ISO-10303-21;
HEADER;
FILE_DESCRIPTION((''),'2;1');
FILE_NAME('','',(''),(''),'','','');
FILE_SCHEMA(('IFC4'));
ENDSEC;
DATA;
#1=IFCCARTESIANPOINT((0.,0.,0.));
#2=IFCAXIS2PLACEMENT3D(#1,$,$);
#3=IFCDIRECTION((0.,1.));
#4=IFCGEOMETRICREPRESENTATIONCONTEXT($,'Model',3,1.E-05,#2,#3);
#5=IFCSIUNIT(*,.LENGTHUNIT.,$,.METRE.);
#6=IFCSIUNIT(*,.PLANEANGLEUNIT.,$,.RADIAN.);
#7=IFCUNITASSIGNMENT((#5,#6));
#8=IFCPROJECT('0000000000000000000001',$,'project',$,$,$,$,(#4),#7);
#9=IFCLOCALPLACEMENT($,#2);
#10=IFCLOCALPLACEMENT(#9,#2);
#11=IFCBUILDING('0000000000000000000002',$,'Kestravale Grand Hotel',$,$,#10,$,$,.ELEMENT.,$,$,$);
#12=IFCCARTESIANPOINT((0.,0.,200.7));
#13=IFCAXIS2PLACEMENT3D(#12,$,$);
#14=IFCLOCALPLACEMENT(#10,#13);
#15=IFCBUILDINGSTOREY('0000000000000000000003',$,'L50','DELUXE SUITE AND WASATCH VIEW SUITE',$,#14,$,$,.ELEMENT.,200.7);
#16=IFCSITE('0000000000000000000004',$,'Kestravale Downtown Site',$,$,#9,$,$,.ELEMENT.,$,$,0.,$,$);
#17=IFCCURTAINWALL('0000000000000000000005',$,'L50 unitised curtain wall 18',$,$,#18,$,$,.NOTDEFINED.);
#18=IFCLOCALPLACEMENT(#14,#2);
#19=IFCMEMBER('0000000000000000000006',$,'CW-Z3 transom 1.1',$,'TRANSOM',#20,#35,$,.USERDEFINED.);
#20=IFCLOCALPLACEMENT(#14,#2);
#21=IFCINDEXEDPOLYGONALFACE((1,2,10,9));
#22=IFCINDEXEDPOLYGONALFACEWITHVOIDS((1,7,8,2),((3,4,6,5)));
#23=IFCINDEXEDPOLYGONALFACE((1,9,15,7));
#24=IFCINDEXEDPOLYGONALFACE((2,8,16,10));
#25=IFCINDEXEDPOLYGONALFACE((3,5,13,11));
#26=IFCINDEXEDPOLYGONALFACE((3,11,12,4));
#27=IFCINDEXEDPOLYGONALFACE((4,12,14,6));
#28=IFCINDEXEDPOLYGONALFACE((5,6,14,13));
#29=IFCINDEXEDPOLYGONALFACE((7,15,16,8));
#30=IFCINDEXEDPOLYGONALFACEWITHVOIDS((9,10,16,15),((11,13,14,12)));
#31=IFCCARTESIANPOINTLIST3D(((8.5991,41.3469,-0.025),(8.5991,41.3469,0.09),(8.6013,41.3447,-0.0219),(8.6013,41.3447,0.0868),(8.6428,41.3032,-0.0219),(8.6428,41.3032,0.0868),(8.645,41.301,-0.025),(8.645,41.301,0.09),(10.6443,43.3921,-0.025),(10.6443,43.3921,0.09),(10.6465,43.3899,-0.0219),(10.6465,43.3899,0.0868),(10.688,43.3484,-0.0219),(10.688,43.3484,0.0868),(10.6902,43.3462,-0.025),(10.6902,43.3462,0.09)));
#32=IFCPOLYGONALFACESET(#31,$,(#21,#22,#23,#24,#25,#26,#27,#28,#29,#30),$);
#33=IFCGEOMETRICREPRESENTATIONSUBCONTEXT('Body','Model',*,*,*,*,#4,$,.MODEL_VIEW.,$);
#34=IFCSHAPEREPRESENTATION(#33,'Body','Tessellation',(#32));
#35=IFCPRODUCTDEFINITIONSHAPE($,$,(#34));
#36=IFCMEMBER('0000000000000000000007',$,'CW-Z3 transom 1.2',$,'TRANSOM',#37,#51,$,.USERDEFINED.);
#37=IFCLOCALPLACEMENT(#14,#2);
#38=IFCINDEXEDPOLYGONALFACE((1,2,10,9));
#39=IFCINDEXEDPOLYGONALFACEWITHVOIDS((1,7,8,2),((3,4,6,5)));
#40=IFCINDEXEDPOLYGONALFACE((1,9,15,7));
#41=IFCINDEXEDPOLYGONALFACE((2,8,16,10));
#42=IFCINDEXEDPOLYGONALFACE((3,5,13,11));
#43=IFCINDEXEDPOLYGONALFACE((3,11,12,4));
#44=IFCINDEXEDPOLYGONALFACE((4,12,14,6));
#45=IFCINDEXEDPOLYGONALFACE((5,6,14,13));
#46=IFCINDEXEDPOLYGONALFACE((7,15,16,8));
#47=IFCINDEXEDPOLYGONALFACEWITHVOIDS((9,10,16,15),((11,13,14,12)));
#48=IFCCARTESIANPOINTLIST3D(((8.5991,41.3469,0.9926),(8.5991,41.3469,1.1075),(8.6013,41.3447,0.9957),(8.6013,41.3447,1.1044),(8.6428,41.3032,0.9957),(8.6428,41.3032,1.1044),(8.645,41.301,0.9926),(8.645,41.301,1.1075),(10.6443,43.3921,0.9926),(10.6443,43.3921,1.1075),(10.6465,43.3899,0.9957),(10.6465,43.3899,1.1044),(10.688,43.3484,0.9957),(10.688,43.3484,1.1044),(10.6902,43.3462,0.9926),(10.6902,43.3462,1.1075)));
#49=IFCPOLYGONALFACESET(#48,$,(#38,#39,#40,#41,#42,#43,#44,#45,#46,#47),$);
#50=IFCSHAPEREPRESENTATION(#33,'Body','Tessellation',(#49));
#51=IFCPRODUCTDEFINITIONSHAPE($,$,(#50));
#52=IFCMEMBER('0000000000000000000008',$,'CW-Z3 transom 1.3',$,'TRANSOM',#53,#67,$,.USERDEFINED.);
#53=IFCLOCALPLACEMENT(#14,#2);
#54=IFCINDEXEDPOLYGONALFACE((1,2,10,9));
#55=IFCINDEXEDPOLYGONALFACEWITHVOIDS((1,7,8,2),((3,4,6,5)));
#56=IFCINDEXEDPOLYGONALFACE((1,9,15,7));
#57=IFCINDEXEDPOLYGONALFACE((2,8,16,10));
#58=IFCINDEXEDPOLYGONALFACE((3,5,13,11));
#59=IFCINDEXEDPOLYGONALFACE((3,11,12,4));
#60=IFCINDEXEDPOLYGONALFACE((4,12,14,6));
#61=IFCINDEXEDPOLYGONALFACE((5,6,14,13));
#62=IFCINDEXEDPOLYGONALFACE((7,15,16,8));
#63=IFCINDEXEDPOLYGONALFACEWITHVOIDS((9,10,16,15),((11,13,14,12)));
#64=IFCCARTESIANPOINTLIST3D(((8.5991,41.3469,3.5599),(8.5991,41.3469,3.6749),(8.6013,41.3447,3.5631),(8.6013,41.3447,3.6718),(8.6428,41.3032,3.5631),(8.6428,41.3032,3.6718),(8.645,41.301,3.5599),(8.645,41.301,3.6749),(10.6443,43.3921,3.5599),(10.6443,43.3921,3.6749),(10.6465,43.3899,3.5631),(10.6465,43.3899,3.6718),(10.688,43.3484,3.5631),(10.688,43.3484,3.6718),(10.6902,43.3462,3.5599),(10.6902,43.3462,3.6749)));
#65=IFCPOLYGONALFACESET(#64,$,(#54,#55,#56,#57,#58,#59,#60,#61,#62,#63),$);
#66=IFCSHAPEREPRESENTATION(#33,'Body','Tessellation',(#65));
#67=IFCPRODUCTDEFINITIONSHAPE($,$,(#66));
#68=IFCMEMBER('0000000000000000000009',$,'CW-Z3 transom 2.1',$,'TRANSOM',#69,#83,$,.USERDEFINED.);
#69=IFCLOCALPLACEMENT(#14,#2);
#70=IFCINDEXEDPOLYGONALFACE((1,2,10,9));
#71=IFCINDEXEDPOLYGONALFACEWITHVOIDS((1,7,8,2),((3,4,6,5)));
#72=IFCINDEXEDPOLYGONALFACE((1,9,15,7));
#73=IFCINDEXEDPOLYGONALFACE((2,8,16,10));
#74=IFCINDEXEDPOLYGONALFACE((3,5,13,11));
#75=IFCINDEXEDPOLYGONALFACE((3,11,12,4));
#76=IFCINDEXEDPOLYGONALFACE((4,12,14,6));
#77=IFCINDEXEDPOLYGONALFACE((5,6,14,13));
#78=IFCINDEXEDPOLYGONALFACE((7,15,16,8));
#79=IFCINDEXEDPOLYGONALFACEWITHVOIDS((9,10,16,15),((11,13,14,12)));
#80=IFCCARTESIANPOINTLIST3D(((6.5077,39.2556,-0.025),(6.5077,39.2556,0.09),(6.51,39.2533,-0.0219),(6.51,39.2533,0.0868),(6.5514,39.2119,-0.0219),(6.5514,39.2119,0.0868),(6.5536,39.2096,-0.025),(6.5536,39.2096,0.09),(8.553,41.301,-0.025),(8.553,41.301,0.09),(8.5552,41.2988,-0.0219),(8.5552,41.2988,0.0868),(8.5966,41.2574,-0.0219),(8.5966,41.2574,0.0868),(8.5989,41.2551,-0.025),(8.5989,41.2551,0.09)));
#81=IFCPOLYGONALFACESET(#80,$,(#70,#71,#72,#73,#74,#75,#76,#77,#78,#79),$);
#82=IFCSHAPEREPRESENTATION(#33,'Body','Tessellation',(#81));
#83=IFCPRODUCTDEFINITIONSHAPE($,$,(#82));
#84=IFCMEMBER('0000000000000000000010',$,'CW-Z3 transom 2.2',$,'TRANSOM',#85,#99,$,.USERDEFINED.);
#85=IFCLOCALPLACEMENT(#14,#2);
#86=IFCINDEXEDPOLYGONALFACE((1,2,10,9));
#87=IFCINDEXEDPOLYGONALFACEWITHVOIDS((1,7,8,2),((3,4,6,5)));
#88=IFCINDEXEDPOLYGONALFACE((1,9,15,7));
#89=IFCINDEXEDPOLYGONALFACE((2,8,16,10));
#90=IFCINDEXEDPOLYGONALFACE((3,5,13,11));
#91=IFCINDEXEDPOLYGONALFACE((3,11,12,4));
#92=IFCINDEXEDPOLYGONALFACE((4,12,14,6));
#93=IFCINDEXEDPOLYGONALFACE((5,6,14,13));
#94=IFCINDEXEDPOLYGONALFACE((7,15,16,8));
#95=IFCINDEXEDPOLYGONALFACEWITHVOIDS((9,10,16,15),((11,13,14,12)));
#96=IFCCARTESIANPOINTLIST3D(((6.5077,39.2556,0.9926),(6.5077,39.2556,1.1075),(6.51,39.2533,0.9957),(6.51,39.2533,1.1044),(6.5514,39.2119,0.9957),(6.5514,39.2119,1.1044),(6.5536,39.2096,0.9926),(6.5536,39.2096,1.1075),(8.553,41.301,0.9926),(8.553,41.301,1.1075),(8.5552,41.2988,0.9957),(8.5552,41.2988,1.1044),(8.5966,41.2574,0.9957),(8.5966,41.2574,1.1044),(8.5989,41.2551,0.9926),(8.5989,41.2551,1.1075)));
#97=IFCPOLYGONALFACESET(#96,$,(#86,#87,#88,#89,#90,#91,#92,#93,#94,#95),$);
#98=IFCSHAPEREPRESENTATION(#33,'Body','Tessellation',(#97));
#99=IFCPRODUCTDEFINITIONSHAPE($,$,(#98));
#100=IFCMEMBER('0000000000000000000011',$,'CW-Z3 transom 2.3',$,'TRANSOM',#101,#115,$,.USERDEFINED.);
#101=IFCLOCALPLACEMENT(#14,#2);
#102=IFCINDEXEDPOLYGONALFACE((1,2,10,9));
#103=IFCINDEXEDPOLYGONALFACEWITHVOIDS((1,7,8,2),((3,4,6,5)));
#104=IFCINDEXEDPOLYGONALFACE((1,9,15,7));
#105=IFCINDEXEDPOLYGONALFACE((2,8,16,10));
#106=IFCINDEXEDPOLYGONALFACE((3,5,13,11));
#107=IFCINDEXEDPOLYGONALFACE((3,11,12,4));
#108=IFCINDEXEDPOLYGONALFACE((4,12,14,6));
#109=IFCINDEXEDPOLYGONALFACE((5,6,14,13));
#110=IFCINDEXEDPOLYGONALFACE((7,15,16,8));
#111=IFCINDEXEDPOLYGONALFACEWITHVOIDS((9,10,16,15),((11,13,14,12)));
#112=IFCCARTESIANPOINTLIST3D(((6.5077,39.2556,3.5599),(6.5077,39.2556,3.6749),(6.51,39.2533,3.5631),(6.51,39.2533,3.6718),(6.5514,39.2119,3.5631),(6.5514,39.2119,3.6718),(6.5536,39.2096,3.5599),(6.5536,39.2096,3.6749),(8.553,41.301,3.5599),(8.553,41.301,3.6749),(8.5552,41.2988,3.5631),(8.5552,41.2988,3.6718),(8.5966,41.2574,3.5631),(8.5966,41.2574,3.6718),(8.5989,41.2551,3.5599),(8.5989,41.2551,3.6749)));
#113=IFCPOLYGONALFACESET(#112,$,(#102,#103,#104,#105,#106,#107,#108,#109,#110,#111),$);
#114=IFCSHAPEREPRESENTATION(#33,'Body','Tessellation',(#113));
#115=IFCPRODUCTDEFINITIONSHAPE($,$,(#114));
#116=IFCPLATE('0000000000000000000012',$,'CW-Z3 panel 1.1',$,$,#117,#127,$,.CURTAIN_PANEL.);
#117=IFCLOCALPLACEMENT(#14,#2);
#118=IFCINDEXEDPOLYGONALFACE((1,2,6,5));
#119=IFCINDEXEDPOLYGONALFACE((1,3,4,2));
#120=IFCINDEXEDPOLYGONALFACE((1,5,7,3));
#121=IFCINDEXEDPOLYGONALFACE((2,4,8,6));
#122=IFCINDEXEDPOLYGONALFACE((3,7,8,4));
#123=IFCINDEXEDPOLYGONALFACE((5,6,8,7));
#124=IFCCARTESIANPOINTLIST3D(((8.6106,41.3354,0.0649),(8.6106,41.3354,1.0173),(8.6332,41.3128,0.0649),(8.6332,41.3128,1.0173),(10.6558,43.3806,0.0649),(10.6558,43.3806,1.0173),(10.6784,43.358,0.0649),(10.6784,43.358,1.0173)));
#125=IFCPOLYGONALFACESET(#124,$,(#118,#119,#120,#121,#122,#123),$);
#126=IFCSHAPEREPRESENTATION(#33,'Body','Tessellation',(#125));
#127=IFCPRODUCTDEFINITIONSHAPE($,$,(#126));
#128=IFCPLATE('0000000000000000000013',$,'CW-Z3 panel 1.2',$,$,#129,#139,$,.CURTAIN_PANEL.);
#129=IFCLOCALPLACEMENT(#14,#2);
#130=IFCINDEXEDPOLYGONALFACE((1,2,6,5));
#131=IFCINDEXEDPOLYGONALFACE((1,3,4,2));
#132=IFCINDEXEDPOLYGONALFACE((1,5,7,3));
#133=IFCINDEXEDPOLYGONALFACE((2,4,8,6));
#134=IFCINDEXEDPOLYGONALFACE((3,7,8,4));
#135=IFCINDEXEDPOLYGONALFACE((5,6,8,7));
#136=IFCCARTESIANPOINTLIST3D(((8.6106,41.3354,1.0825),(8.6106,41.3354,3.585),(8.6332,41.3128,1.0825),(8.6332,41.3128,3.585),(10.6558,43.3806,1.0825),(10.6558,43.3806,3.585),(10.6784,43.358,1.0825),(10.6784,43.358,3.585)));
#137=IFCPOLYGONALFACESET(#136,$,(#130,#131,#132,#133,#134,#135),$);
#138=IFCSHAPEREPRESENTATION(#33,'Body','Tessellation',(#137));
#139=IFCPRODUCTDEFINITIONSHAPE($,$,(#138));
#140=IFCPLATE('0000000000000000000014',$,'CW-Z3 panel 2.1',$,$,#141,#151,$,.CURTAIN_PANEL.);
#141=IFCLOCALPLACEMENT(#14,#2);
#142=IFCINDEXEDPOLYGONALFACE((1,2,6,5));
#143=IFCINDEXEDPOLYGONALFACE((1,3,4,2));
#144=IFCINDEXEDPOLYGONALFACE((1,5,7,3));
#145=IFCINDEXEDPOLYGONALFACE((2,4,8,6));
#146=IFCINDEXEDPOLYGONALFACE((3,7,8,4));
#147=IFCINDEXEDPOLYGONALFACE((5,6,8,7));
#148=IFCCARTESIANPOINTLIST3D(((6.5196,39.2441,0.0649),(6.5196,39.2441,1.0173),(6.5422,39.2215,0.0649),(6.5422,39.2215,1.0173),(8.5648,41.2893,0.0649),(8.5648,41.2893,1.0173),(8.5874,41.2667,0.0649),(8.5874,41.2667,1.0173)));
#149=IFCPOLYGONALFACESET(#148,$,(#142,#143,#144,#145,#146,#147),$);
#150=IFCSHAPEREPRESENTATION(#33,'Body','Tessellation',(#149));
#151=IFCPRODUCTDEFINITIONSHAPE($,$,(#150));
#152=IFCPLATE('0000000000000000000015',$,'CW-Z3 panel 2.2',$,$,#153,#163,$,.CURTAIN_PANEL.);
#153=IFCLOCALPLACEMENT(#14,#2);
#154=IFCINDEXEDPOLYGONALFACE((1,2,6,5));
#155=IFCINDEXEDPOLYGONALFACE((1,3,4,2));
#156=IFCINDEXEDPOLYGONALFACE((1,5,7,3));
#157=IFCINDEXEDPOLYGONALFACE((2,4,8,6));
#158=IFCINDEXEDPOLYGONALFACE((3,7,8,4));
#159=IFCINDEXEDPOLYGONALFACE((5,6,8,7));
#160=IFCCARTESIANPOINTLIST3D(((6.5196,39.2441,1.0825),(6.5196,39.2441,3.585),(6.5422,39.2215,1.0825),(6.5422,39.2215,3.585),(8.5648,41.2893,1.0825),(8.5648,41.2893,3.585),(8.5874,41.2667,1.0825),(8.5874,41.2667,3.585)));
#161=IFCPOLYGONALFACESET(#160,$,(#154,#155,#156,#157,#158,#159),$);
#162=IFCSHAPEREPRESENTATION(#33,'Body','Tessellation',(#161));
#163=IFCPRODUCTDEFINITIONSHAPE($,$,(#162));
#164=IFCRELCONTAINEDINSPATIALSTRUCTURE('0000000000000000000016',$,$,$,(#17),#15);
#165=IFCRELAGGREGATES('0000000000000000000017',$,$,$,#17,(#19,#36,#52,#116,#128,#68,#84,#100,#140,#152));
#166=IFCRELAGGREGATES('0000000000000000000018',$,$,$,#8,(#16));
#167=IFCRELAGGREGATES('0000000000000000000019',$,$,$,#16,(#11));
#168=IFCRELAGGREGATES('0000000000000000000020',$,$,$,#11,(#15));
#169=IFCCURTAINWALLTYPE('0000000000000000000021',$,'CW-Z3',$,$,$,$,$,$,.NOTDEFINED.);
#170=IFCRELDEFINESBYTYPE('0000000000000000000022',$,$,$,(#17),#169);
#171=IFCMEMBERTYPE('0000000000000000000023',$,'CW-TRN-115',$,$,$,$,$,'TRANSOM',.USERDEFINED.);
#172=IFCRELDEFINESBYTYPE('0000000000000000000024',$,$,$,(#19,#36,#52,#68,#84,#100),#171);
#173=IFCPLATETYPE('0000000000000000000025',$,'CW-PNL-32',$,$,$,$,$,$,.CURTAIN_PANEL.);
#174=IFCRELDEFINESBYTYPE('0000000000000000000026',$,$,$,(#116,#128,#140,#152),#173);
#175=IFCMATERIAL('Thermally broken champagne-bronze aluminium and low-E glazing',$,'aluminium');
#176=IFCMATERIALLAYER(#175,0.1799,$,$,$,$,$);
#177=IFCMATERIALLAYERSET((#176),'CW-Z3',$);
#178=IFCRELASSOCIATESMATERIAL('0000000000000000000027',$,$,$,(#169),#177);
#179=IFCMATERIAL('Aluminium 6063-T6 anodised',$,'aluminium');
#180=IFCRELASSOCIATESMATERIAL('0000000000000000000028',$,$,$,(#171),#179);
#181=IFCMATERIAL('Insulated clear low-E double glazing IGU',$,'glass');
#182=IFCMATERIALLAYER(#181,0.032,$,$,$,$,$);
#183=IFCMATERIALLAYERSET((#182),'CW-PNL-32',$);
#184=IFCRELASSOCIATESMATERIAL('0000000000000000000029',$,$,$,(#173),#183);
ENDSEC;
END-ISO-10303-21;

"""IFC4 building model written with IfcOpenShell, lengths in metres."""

from ifc_helpers import new_model, si_unit, direction, frame, origin, origin_2d, place, context, subcontext, project, spatial, rectangle, hollow_rectangle, extrude, material, layer, layer_set, material_profile, profile_set, type_object, element, aggregate, save


model = new_model("IFC4")

# Units and contexts
model_context = context("Model", 3, precision=1e-05, world=origin(), true_north=direction((0.0, 1.0)))
body_context = subcontext(model_context, "Body", "Model", "MODEL_VIEW")
ifc_project = project(units=[si_unit("LENGTHUNIT", "METRE"), si_unit("PLANEANGLEUNIT", "RADIAN")], contexts=[model_context])

# Site, building, storey
site_placement = place(None, origin())
site = spatial("IfcSite", under=ifc_project, at=site_placement, Name="Kestravale Downtown Site", CompositionType="ELEMENT", RefElevation=0.0)
building_placement = place(site_placement, origin())
building = spatial("IfcBuilding", under=site, at=building_placement, Name="Kestravale Grand Hotel", CompositionType="ELEMENT")
storey_placement = place(building_placement, frame((0.0, 0.0, 200.7)))
storey = spatial("IfcBuildingStorey", under=building, at=storey_placement, Name="L50", Description="DELUXE SUITE AND WASATCH VIEW SUITE", CompositionType="ELEMENT", Elevation=200.7)

# Curtain wall, members, plates
ifc_material_1 = material(Name="Thermally broken champagne-bronze aluminium and low-E glazing", Category="aluminium")
ifc_layer_1 = layer(ifc_material_1, 0.1799)
ifc_layer_set_1 = layer_set([ifc_layer_1], Name="CW-Z3")
curtain_wall_type = type_object("IfcCurtainWallType", Name="CW-Z3", PredefinedType="NOTDEFINED", material=ifc_layer_set_1)
curtain_wall_placement = place(storey_placement, origin())
curtain_wall = element("IfcCurtainWall", 1, at=curtain_wall_placement, inside=storey, type_object=curtain_wall_type, Name="L50 unitised curtain wall 18", PredefinedType="NOTDEFINED")
ifc_material_2 = material(Name="Aluminium 6063-T6 anodised", Category="aluminium")
ifc_material_profile_1 = material_profile(ifc_material_2, hollow_rectangle(XDim=0.0649, YDim=0.115, WallThickness=0.0032, at=origin_2d()))
ifc_profile_set_1 = profile_set([ifc_material_profile_1], Name="Aluminium 6063-T6 anodised")
member_type_1 = type_object("IfcMemberType", Name="CW-TRN-115", ElementType="TRANSOM", PredefinedType="USERDEFINED", material=ifc_profile_set_1)
member_1_placement = place(storey_placement, frame((10.6672, 43.3691, 0.0325), z_axis=(-0.707107, -0.707107, 0.0), x_axis=(0.707107, -0.707107, 0.0)))
member_1 = element("IfcMember", 2, at=member_1_placement, type_object=member_type_1, Name="CW-Z3 transom 1.1", ObjectType="TRANSOM", PredefinedType="USERDEFINED", context=body_context, shape_type="SweptSolid", body=[
    extrude(hollow_rectangle(XDim=0.0649, YDim=0.115, WallThickness=0.0032, at=origin_2d()), origin(), (0.0, 0.0, 1.0), 2.8923),
])
member_2_placement = place(storey_placement, frame((10.6672, 43.3691, 1.05), z_axis=(-0.707107, -0.707107, 0.0), x_axis=(0.707107, -0.707107, 0.0)))
member_2 = element("IfcMember", 3, at=member_2_placement, type_object=member_type_1, Name="CW-Z3 transom 1.2", ObjectType="TRANSOM", PredefinedType="USERDEFINED", context=body_context, shape_type="SweptSolid", body=[
    extrude(hollow_rectangle(XDim=0.0649, YDim=0.115, WallThickness=0.0032, at=origin_2d()), origin(), (0.0, 0.0, 1.0), 2.8923),
])
member_3_placement = place(storey_placement, frame((10.6672, 43.3691, 3.6174), z_axis=(-0.707107, -0.707107, 0.0), x_axis=(0.707107, -0.707107, 0.0)))
member_3 = element("IfcMember", 4, at=member_3_placement, type_object=member_type_1, Name="CW-Z3 transom 1.3", ObjectType="TRANSOM", PredefinedType="USERDEFINED", context=body_context, shape_type="SweptSolid", body=[
    extrude(hollow_rectangle(XDim=0.0649, YDim=0.115, WallThickness=0.0032, at=origin_2d()), origin(), (0.0, 0.0, 1.0), 2.8923),
])
member_4_placement = place(storey_placement, frame((8.5759, 41.2781, 0.0325), z_axis=(-0.707065, -0.707149, 0.0), x_axis=(0.707149, -0.707065, 0.0)))
member_4 = element("IfcMember", 5, at=member_4_placement, type_object=member_type_1, Name="CW-Z3 transom 2.1", ObjectType="TRANSOM", PredefinedType="USERDEFINED", context=body_context, shape_type="SweptSolid", body=[
    extrude(hollow_rectangle(XDim=0.0649, YDim=0.115, WallThickness=0.0032, at=origin_2d()), origin(), (0.0, 0.0, 1.0), 2.8926),
])
member_5_placement = place(storey_placement, frame((8.5759, 41.2781, 1.05), z_axis=(-0.707065, -0.707149, 0.0), x_axis=(0.707149, -0.707065, 0.0)))
member_5 = element("IfcMember", 6, at=member_5_placement, type_object=member_type_1, Name="CW-Z3 transom 2.2", ObjectType="TRANSOM", PredefinedType="USERDEFINED", context=body_context, shape_type="SweptSolid", body=[
    extrude(hollow_rectangle(XDim=0.0649, YDim=0.115, WallThickness=0.0032, at=origin_2d()), origin(), (0.0, 0.0, 1.0), 2.8926),
])
member_6_placement = place(storey_placement, frame((8.5759, 41.2781, 3.6174), z_axis=(-0.707065, -0.707149, 0.0), x_axis=(0.707149, -0.707065, 0.0)))
member_6 = element("IfcMember", 7, at=member_6_placement, type_object=member_type_1, Name="CW-Z3 transom 2.3", ObjectType="TRANSOM", PredefinedType="USERDEFINED", context=body_context, shape_type="SweptSolid", body=[
    extrude(hollow_rectangle(XDim=0.0649, YDim=0.115, WallThickness=0.0032, at=origin_2d()), origin(), (0.0, 0.0, 1.0), 2.8926),
])
ifc_material_3 = material(Name="Insulated clear low-E double glazing IGU", Category="glass")
ifc_layer_2 = layer(ifc_material_3, 0.032)
ifc_layer_set_2 = layer_set([ifc_layer_2], Name="CW-PNL-32")
plate_type = type_object("IfcPlateType", Name="CW-PNL-32", PredefinedType="CURTAIN_PANEL", material=ifc_layer_set_2)
plate_1_placement = place(storey_placement, frame((9.6445, 42.3467, 0.0649), z_axis=(0.0, 0.0, 1.0), x_axis=(-0.707107, -0.707107, 0.0)))
plate_1 = element("IfcPlate", 8, at=plate_1_placement, type_object=plate_type, Name="CW-Z3 panel 1.1", PredefinedType="CURTAIN_PANEL", context=body_context, shape_type="SweptSolid", body=[
    extrude(rectangle(XDim=2.8923, YDim=0.032, at=origin_2d()), origin(), (0.0, 0.0, 1.0), 0.9524),
])
plate_2_placement = place(storey_placement, frame((9.6445, 42.3467, 1.0825), z_axis=(0.0, 0.0, 1.0), x_axis=(-0.707107, -0.707107, 0.0)))
plate_2 = element("IfcPlate", 9, at=plate_2_placement, type_object=plate_type, Name="CW-Z3 panel 1.2", PredefinedType="CURTAIN_PANEL", context=body_context, shape_type="SweptSolid", body=[
    extrude(rectangle(XDim=2.8923, YDim=0.032, at=origin_2d()), origin(), (0.0, 0.0, 1.0), 2.5024),
])
plate_3_placement = place(storey_placement, frame((7.5535, 40.2554, 0.0649), z_axis=(0.0, 0.0, 1.0), x_axis=(-0.707107, -0.707107, 0.0)))
plate_3 = element("IfcPlate", 10, at=plate_3_placement, type_object=plate_type, Name="CW-Z3 panel 2.1", PredefinedType="CURTAIN_PANEL", context=body_context, shape_type="SweptSolid", body=[
    extrude(rectangle(XDim=2.8923, YDim=0.032, at=origin_2d()), origin(), (0.0, 0.0, 1.0), 0.9524),
])
plate_4_placement = place(storey_placement, frame((7.5535, 40.2554, 1.0825), z_axis=(0.0, 0.0, 1.0), x_axis=(-0.707107, -0.707107, 0.0)))
plate_4 = element("IfcPlate", 11, at=plate_4_placement, type_object=plate_type, Name="CW-Z3 panel 2.2", PredefinedType="CURTAIN_PANEL", context=body_context, shape_type="SweptSolid", body=[
    extrude(rectangle(XDim=2.8923, YDim=0.032, at=origin_2d()), origin(), (0.0, 0.0, 1.0), 2.5024),
])
aggregate(curtain_wall, [member_1, member_2, member_3, plate_1, plate_2, member_4, member_5, member_6, plate_3, plate_4])

save(model, "model.ifc")
